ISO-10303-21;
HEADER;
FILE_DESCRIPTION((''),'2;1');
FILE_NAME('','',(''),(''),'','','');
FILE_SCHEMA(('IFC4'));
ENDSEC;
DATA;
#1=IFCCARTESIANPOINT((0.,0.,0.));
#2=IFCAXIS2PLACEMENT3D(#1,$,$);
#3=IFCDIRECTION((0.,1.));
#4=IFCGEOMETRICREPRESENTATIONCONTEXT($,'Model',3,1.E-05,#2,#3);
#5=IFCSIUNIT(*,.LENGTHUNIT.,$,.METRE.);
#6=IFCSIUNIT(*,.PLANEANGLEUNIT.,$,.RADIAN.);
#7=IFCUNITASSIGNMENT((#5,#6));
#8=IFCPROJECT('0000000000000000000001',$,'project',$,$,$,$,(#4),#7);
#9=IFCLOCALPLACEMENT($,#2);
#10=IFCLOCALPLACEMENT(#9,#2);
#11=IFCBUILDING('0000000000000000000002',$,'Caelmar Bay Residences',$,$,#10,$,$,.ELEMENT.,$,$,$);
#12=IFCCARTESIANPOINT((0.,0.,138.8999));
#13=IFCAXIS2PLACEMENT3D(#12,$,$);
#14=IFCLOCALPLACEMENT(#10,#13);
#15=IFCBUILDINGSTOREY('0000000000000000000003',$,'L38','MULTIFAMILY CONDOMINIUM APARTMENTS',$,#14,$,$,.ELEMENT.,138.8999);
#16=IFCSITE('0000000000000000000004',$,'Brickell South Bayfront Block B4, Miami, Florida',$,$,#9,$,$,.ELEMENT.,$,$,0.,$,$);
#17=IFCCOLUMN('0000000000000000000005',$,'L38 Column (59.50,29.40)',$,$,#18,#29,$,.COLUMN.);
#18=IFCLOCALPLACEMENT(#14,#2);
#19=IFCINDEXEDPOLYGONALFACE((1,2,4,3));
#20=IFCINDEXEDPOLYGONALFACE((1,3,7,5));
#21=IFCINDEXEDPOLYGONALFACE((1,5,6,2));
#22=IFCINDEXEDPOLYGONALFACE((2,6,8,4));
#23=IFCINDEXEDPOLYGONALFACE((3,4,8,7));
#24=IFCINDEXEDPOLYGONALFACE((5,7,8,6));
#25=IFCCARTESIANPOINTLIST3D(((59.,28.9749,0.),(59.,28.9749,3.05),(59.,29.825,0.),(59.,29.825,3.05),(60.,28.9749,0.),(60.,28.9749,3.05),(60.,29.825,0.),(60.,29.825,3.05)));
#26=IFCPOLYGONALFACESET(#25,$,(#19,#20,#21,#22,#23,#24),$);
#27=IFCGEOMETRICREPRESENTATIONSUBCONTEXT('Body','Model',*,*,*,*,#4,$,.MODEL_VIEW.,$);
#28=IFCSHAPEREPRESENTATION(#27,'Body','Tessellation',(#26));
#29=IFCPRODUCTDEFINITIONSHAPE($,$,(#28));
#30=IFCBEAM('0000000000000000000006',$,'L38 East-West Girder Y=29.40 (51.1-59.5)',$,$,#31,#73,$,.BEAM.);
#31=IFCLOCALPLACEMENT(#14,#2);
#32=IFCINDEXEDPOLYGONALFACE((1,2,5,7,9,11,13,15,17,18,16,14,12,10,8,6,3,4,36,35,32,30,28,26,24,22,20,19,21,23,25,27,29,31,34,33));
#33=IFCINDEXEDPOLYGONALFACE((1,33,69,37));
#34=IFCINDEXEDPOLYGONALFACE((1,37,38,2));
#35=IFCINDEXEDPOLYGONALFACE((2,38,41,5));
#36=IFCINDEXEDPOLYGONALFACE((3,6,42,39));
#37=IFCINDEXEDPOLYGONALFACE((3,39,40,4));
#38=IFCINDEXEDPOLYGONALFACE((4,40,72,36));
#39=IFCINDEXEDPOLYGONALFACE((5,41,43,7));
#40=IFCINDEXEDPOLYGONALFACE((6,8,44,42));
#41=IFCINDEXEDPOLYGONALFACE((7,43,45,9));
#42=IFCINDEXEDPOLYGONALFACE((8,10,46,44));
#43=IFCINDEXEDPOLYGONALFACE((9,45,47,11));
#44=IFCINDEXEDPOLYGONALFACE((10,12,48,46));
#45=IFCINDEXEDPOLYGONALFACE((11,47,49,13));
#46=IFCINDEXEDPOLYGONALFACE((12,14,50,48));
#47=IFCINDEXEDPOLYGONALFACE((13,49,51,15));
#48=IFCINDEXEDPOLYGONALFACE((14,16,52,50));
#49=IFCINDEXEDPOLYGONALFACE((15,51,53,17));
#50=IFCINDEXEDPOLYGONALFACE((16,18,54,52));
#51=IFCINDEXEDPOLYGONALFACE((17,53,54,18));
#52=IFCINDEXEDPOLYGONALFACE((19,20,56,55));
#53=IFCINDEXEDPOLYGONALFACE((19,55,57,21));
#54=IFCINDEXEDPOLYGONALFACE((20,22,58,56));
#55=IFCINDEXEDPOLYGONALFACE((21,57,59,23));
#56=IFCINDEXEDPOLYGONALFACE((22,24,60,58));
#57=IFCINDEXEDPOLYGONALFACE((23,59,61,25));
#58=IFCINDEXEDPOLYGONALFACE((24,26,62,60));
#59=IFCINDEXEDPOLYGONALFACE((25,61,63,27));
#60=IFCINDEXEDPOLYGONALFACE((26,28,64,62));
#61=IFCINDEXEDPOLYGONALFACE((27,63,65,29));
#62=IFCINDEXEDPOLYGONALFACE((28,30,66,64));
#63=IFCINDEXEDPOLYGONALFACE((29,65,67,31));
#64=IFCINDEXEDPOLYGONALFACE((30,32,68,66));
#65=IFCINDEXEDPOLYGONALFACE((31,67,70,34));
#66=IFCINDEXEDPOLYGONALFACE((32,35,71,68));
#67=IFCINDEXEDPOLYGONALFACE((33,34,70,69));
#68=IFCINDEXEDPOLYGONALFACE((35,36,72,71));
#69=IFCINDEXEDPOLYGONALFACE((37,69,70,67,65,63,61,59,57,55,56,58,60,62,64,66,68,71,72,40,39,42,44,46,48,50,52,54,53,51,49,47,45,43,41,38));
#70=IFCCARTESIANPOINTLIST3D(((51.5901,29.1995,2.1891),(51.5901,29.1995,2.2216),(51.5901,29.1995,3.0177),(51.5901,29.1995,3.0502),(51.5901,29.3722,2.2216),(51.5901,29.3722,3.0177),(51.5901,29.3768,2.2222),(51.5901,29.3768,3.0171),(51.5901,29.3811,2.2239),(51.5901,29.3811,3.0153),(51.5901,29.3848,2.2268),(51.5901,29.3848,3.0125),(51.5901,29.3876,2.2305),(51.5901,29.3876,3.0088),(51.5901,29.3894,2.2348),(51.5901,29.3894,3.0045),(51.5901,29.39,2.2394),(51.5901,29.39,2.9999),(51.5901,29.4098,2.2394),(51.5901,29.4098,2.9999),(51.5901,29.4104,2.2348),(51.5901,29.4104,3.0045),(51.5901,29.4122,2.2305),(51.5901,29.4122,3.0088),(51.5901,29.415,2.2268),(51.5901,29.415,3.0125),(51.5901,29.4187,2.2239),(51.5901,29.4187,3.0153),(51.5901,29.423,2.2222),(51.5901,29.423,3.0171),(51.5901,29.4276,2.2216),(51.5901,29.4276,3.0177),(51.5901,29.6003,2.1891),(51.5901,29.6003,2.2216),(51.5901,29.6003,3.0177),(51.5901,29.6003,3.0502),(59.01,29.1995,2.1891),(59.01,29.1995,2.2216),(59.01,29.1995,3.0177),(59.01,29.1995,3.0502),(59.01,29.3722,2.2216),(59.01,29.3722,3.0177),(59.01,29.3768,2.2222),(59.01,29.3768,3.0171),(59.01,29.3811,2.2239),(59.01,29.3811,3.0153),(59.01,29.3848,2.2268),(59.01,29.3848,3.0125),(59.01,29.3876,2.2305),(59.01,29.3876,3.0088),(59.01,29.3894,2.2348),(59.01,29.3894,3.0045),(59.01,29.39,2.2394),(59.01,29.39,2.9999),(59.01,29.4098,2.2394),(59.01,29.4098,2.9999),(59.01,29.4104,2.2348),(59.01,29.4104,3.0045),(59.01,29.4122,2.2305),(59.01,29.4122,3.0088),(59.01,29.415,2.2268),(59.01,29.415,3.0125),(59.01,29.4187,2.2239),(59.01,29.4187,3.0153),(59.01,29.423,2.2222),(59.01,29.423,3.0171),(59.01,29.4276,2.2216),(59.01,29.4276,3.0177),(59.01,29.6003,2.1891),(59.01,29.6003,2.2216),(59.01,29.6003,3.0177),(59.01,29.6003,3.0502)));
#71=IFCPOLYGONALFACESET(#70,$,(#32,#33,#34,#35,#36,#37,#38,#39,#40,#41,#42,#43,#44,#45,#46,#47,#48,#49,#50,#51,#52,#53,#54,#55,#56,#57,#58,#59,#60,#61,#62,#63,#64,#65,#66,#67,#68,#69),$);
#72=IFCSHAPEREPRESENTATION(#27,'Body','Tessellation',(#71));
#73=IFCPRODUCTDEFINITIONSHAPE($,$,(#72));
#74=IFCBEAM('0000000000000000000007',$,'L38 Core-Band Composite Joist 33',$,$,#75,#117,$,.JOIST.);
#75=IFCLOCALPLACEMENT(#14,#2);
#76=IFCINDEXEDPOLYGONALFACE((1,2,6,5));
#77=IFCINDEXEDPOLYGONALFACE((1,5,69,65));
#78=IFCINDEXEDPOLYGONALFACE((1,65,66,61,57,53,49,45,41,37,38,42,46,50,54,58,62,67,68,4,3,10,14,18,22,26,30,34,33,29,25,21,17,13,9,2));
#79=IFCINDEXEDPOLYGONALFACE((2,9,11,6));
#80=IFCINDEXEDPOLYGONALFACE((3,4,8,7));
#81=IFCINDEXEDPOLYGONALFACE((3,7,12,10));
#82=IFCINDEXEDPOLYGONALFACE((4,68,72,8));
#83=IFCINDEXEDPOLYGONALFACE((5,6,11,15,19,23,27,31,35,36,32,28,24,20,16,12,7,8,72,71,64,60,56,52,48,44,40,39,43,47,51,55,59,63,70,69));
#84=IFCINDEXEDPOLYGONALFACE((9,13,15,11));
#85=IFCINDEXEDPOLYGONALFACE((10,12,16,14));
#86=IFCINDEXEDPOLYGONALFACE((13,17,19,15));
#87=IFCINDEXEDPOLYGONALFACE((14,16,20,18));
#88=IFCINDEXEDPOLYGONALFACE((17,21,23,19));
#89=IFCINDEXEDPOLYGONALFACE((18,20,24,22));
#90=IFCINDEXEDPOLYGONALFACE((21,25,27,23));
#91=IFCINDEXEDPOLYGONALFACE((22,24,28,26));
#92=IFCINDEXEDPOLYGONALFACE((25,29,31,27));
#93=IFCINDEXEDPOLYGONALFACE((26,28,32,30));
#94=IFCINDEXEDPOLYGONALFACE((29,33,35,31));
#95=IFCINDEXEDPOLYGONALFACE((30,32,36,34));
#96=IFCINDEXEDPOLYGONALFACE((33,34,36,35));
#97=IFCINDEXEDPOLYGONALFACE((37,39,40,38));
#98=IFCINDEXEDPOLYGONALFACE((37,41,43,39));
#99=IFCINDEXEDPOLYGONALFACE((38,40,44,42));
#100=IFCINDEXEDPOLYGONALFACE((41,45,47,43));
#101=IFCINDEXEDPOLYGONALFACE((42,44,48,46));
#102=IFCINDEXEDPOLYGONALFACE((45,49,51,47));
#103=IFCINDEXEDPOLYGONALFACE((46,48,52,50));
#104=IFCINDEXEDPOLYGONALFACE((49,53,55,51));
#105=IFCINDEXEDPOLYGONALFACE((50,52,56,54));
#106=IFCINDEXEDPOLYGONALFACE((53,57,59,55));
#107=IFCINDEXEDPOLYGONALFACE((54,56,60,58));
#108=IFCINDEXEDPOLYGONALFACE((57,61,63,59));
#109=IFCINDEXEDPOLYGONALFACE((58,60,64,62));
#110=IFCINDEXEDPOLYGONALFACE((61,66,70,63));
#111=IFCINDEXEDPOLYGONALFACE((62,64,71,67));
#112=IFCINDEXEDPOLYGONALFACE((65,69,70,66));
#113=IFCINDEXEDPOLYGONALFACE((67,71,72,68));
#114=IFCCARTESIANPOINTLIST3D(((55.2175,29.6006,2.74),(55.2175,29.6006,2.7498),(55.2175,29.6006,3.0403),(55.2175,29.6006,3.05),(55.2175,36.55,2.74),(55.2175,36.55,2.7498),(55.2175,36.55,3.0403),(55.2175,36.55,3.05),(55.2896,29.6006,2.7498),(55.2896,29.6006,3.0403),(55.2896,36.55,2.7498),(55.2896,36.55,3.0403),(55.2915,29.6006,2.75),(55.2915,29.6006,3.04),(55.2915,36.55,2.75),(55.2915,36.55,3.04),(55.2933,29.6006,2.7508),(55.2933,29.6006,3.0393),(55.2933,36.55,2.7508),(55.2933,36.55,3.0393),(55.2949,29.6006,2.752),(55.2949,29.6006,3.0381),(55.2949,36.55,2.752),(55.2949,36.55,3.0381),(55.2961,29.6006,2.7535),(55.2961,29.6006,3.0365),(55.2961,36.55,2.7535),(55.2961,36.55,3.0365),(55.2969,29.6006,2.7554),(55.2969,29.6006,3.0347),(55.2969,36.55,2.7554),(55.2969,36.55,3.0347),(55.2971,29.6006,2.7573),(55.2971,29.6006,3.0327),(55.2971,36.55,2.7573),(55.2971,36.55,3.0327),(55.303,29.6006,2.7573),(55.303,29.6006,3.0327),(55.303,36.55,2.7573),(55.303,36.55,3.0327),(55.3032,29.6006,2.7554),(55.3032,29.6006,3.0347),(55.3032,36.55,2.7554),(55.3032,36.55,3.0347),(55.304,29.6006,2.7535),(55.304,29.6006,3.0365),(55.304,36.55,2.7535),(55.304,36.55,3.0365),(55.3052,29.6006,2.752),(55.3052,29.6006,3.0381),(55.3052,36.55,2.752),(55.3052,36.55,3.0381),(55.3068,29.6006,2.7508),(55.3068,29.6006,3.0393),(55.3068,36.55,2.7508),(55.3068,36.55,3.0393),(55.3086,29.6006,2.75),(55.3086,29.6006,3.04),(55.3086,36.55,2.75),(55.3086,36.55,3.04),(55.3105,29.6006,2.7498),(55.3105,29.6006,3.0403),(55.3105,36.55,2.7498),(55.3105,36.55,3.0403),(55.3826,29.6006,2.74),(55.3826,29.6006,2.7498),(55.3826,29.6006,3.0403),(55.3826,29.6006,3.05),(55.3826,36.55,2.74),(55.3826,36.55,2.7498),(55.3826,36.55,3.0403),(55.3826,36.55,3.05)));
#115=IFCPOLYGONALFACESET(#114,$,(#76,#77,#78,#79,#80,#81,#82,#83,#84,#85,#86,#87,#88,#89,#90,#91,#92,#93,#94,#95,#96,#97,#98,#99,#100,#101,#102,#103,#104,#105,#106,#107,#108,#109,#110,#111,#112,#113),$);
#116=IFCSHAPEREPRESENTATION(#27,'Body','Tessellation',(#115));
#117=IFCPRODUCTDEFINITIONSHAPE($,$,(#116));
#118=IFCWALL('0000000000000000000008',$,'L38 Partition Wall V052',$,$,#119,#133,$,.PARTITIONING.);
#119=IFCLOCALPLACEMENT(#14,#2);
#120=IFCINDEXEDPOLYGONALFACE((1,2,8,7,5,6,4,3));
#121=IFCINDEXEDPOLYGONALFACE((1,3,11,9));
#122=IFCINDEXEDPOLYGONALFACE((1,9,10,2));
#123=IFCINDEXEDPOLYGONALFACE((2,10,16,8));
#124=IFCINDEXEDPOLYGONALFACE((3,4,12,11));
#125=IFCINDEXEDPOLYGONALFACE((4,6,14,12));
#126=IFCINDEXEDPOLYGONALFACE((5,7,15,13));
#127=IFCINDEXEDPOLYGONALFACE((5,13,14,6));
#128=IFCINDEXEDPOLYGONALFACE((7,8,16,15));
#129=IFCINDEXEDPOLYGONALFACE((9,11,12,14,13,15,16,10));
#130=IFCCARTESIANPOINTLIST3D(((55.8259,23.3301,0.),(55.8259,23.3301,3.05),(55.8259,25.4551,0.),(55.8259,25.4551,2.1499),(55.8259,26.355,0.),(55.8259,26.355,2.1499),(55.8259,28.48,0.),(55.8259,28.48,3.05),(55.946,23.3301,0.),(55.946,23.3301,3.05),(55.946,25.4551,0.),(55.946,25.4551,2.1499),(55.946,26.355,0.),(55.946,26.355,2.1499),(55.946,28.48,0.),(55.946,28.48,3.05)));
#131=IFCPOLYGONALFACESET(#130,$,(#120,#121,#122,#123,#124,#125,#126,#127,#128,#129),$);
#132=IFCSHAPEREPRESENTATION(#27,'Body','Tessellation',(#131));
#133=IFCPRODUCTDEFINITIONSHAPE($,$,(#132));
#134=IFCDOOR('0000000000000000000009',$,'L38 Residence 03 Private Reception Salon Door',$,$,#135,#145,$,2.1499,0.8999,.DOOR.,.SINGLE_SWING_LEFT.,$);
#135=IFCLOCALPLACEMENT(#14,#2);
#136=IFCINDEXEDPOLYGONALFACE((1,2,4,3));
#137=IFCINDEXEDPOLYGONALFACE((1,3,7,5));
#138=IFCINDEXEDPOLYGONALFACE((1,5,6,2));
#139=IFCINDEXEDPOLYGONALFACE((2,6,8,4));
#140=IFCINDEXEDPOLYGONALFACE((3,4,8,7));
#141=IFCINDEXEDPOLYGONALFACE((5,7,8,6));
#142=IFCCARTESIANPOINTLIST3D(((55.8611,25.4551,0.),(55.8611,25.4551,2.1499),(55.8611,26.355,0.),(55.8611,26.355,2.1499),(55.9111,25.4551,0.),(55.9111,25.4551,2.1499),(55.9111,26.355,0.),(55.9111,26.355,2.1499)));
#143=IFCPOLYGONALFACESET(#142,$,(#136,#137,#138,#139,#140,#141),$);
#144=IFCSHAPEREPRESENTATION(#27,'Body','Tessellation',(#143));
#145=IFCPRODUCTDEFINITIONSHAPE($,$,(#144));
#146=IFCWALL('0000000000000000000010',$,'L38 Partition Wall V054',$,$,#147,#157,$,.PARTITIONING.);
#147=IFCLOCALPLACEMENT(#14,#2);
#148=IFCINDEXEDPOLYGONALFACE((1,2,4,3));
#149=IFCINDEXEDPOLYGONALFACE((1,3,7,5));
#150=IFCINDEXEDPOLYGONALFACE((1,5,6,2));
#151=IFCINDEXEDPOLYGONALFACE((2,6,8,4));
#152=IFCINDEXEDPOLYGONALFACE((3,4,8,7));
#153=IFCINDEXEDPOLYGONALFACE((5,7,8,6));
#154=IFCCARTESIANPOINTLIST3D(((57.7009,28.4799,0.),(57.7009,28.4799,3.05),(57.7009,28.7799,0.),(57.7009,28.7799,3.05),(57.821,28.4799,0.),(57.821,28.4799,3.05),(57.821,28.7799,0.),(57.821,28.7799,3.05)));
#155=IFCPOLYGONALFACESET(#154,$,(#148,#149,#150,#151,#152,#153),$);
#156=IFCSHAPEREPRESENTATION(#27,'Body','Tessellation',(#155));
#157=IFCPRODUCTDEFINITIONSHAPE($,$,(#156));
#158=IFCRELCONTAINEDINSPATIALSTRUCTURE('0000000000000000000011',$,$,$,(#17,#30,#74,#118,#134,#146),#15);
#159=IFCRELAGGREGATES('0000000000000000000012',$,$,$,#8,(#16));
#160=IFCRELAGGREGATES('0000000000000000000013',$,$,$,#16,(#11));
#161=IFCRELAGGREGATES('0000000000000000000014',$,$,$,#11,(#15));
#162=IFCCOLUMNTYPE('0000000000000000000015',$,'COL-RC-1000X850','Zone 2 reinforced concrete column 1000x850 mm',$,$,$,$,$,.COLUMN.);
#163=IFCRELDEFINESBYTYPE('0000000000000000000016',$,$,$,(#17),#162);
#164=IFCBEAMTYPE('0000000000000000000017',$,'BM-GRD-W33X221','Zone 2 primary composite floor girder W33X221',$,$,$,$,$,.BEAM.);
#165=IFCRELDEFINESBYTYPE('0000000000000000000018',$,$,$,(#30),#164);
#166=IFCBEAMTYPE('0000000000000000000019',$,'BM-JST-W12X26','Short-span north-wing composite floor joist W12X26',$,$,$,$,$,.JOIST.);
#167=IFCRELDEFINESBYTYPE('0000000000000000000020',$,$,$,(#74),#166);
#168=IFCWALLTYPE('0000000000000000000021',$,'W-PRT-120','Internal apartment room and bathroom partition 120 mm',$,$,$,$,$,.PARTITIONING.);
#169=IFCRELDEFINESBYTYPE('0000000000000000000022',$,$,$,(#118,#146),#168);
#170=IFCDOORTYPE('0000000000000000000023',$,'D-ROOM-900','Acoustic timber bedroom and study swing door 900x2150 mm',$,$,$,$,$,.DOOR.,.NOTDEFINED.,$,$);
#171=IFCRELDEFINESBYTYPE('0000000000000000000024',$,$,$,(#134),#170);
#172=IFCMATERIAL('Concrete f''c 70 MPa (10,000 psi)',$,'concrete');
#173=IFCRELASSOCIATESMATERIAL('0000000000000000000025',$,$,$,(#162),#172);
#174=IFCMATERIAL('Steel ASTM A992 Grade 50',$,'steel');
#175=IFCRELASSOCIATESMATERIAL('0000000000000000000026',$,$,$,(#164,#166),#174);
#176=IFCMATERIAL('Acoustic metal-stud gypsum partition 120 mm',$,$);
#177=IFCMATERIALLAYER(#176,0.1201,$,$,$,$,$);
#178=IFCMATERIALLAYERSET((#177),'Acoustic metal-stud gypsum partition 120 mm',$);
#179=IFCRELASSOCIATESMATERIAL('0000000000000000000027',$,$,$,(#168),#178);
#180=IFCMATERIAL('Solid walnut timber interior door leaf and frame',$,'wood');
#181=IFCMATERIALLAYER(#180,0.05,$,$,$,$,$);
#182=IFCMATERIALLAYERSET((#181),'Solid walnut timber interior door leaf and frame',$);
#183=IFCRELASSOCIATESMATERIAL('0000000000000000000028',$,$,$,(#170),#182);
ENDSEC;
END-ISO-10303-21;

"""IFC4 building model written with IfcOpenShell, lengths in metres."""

from ifc_helpers import new_model, si_unit, direction, frame, frame_2d, origin, origin_2d, place, context, subcontext, project, spatial, rectangle, i_section, extrude, material, layer, layer_set, material_profile, profile_set, type_object, element, fill, save


model = new_model("IFC4")

# Units and contexts
model_context = context("Model", 3, precision=1e-05, world=origin(), true_north=direction((0.0, 1.0)))
body_context = subcontext(model_context, "Body", "Model", "MODEL_VIEW")
ifc_project = project(units=[si_unit("LENGTHUNIT", "METRE"), si_unit("PLANEANGLEUNIT", "RADIAN")], contexts=[model_context])

# Site, building, storey
site_placement = place(None, origin())
site = spatial("IfcSite", under=ifc_project, at=site_placement, Name="Brickell South Bayfront Block B4, Miami, Florida", CompositionType="ELEMENT", RefElevation=0.0)
building_placement = place(site_placement, origin())
building = spatial("IfcBuilding", under=site, at=building_placement, Name="Caelmar Bay Residences", CompositionType="ELEMENT")
storey_placement = place(building_placement, frame((0.0, 0.0, 138.8999)))
storey = spatial("IfcBuildingStorey", under=building, at=storey_placement, Name="L38", Description="MULTIFAMILY CONDOMINIUM APARTMENTS", CompositionType="ELEMENT", Elevation=138.8999)

# Column
ifc_material_1 = material(Name="Concrete f'c 70 MPa (10,000 psi)", Category="concrete")
ifc_material_profile_1 = material_profile(ifc_material_1, rectangle(XDim=1.0, YDim=0.8501, at=origin_2d()), Name="RC-COL-1000X850")
ifc_profile_set_1 = profile_set([ifc_material_profile_1], Name="Concrete f'c 70 MPa (10,000 psi)")
column_type = type_object("IfcColumnType", Name="COL-RC-1000X850", Description="Zone 2 reinforced concrete column 1000x850 mm", PredefinedType="COLUMN", material=ifc_profile_set_1)
column_placement = place(storey_placement, frame((59.5, 29.3999, 0.0), z_axis=(0.0, 0.0, 1.0), x_axis=(1.0, 0.0, 0.0)))
element("IfcColumn", 1, at=column_placement, inside=storey, type_object=column_type, Name="L38 Column (59.50,29.40)", PredefinedType="COLUMN", context=body_context, shape_type="SweptSolid", body=[
    extrude(rectangle(XDim=1.0, YDim=0.8501, at=origin_2d()), origin(), (0.0, 0.0, 1.0), 3.05),
])

# Beams
ifc_material_2 = material(Name="Steel ASTM A992 Grade 50", Category="steel")
ifc_material_profile_2 = material_profile(ifc_material_2, i_section(OverallWidth=0.4009, OverallDepth=0.8611, WebThickness=0.0198, FlangeThickness=0.0325, FilletRadius=0.0178, at=origin_2d()), Name="W33X221")
ifc_profile_set_2 = profile_set([ifc_material_profile_2], Name="Steel ASTM A992 Grade 50")
beam_type_1 = type_object("IfcBeamType", Name="BM-GRD-W33X221", Description="Zone 2 primary composite floor girder W33X221", PredefinedType="BEAM", material=ifc_profile_set_2)
beam_1_placement = place(storey_placement, frame((51.5901, 29.3999, 2.6196), z_axis=(1.0, 0.0, 0.0), x_axis=(0.0, 1.0, 0.0)))
element("IfcBeam", 2, at=beam_1_placement, inside=storey, type_object=beam_type_1, Name="L38 East-West Girder Y=29.40 (51.1-59.5)", PredefinedType="BEAM", context=body_context, shape_type="SweptSolid", body=[
    extrude(i_section(OverallWidth=0.4009, OverallDepth=0.8611, WebThickness=0.0198, FlangeThickness=0.0325, FilletRadius=0.0178, at=origin_2d()), origin(), (0.0, 0.0, 1.0), 7.4199),
])
ifc_material_profile_3 = material_profile(ifc_material_2, i_section(OverallWidth=0.165, OverallDepth=0.3101, WebThickness=0.0059, FlangeThickness=0.0098, FilletRadius=0.0076, at=origin_2d()), Name="W12X26")
ifc_profile_set_3 = profile_set([ifc_material_profile_3], Name="Steel ASTM A992 Grade 50")
beam_type_2 = type_object("IfcBeamType", Name="BM-JST-W12X26", Description="Short-span north-wing composite floor joist W12X26", PredefinedType="JOIST", material=ifc_profile_set_3)
beam_2_placement = place(storey_placement, frame((55.3, 29.6006, 2.895), z_axis=(0.0, 1.0, 0.0), x_axis=(-1.0, 0.0, 0.0)))
element("IfcBeam", 3, at=beam_2_placement, inside=storey, type_object=beam_type_2, Name="L38 Core-Band Composite Joist 33", PredefinedType="JOIST", context=body_context, shape_type="SweptSolid", body=[
    extrude(i_section(OverallWidth=0.165, OverallDepth=0.3101, WebThickness=0.0059, FlangeThickness=0.0098, FilletRadius=0.0076, at=origin_2d()), origin(), (0.0, 0.0, 1.0), 6.9495),
])

# Wall, opening, door
ifc_material_3 = material(Name="Acoustic metal-stud gypsum partition 120 mm")
ifc_layer_1 = layer(ifc_material_3, 0.1201)
ifc_layer_set_1 = layer_set([ifc_layer_1], Name="Acoustic metal-stud gypsum partition 120 mm")
wall_type_1 = type_object("IfcWallType", Name="W-PRT-120", Description="Internal apartment room and bathroom partition 120 mm", PredefinedType="PARTITIONING", material=ifc_layer_set_1)
wall_1_placement = place(storey_placement, frame((55.886, 23.3301, 0.0), z_axis=(0.0, 0.0, 1.0), x_axis=(0.0, 1.0, 0.0)))
wall_1 = element("IfcWall", 4, at=wall_1_placement, inside=storey, type_object=wall_type_1, Name="L38 Partition Wall V052", PredefinedType="PARTITIONING", context=body_context, shape_type="SweptSolid", body=[
    extrude(rectangle(XDim=5.1499, YDim=0.1201, at=frame_2d((2.575, 0.0))), origin(), (0.0, 0.0, 1.0), 3.05),
])
opening_1_placement = place(wall_1_placement, frame((2.125, 0.0, 0.0)))
opening_1 = element("IfcOpeningElement", 5, at=opening_1_placement, cuts=wall_1, PredefinedType="OPENING", context=body_context, shape_type="SweptSolid", body=[
    extrude(rectangle(XDim=0.8999, YDim=2.1499, at=frame_2d((0.45, 1.075))), frame((0.0, 0.0701, 0.0), z_axis=(0.0, -1.0, 0.0), x_axis=(1.0, 0.0, 0.0)), (0.0, 0.0, 1.0), 0.1401),
])
ifc_material_4 = material(Name="Solid walnut timber interior door leaf and frame", Category="wood")
ifc_layer_2 = layer(ifc_material_4, 0.05)
ifc_layer_set_2 = layer_set([ifc_layer_2], Name="Solid walnut timber interior door leaf and frame")
door_type_1 = type_object("IfcDoorType", Name="D-ROOM-900", Description="Acoustic timber bedroom and study swing door 900x2150 mm", OperationType="NOTDEFINED", PredefinedType="DOOR", material=ifc_layer_set_2)
door_1_placement = place(opening_1_placement, origin())
door_1 = element("IfcDoor", 6, at=door_1_placement, inside=storey, type_object=door_type_1, Name="L38 Residence 03 Private Reception Salon Door", OperationType="SINGLE_SWING_LEFT", OverallHeight=2.1499, OverallWidth=0.8999, PredefinedType="DOOR", context=body_context, shape_type="SweptSolid", body=[
    extrude(rectangle(XDim=0.8999, YDim=2.1499, at=frame_2d((0.45, 1.075))), frame((0.0, 0.0249, 0.0), z_axis=(0.0, -1.0, 0.0), x_axis=(1.0, 0.0, 0.0)), (0.0, 0.0, 1.0), 0.05),
])
fill(opening_1, door_1)

# Wall
wall_2_placement = place(storey_placement, frame((57.761, 28.48, 0.0), z_axis=(0.0, 0.0, 1.0), x_axis=(0.0, 1.0, 0.0)))
element("IfcWall", 7, at=wall_2_placement, inside=storey, type_object=wall_type_1, Name="L38 Partition Wall V054", PredefinedType="PARTITIONING", context=body_context, shape_type="SweptSolid", body=[
    extrude(rectangle(XDim=0.3, YDim=0.1201, at=frame_2d((0.1499, 0.0))), origin(), (0.0, 0.0, 1.0), 3.05),
])

save(model, "model.ifc")
